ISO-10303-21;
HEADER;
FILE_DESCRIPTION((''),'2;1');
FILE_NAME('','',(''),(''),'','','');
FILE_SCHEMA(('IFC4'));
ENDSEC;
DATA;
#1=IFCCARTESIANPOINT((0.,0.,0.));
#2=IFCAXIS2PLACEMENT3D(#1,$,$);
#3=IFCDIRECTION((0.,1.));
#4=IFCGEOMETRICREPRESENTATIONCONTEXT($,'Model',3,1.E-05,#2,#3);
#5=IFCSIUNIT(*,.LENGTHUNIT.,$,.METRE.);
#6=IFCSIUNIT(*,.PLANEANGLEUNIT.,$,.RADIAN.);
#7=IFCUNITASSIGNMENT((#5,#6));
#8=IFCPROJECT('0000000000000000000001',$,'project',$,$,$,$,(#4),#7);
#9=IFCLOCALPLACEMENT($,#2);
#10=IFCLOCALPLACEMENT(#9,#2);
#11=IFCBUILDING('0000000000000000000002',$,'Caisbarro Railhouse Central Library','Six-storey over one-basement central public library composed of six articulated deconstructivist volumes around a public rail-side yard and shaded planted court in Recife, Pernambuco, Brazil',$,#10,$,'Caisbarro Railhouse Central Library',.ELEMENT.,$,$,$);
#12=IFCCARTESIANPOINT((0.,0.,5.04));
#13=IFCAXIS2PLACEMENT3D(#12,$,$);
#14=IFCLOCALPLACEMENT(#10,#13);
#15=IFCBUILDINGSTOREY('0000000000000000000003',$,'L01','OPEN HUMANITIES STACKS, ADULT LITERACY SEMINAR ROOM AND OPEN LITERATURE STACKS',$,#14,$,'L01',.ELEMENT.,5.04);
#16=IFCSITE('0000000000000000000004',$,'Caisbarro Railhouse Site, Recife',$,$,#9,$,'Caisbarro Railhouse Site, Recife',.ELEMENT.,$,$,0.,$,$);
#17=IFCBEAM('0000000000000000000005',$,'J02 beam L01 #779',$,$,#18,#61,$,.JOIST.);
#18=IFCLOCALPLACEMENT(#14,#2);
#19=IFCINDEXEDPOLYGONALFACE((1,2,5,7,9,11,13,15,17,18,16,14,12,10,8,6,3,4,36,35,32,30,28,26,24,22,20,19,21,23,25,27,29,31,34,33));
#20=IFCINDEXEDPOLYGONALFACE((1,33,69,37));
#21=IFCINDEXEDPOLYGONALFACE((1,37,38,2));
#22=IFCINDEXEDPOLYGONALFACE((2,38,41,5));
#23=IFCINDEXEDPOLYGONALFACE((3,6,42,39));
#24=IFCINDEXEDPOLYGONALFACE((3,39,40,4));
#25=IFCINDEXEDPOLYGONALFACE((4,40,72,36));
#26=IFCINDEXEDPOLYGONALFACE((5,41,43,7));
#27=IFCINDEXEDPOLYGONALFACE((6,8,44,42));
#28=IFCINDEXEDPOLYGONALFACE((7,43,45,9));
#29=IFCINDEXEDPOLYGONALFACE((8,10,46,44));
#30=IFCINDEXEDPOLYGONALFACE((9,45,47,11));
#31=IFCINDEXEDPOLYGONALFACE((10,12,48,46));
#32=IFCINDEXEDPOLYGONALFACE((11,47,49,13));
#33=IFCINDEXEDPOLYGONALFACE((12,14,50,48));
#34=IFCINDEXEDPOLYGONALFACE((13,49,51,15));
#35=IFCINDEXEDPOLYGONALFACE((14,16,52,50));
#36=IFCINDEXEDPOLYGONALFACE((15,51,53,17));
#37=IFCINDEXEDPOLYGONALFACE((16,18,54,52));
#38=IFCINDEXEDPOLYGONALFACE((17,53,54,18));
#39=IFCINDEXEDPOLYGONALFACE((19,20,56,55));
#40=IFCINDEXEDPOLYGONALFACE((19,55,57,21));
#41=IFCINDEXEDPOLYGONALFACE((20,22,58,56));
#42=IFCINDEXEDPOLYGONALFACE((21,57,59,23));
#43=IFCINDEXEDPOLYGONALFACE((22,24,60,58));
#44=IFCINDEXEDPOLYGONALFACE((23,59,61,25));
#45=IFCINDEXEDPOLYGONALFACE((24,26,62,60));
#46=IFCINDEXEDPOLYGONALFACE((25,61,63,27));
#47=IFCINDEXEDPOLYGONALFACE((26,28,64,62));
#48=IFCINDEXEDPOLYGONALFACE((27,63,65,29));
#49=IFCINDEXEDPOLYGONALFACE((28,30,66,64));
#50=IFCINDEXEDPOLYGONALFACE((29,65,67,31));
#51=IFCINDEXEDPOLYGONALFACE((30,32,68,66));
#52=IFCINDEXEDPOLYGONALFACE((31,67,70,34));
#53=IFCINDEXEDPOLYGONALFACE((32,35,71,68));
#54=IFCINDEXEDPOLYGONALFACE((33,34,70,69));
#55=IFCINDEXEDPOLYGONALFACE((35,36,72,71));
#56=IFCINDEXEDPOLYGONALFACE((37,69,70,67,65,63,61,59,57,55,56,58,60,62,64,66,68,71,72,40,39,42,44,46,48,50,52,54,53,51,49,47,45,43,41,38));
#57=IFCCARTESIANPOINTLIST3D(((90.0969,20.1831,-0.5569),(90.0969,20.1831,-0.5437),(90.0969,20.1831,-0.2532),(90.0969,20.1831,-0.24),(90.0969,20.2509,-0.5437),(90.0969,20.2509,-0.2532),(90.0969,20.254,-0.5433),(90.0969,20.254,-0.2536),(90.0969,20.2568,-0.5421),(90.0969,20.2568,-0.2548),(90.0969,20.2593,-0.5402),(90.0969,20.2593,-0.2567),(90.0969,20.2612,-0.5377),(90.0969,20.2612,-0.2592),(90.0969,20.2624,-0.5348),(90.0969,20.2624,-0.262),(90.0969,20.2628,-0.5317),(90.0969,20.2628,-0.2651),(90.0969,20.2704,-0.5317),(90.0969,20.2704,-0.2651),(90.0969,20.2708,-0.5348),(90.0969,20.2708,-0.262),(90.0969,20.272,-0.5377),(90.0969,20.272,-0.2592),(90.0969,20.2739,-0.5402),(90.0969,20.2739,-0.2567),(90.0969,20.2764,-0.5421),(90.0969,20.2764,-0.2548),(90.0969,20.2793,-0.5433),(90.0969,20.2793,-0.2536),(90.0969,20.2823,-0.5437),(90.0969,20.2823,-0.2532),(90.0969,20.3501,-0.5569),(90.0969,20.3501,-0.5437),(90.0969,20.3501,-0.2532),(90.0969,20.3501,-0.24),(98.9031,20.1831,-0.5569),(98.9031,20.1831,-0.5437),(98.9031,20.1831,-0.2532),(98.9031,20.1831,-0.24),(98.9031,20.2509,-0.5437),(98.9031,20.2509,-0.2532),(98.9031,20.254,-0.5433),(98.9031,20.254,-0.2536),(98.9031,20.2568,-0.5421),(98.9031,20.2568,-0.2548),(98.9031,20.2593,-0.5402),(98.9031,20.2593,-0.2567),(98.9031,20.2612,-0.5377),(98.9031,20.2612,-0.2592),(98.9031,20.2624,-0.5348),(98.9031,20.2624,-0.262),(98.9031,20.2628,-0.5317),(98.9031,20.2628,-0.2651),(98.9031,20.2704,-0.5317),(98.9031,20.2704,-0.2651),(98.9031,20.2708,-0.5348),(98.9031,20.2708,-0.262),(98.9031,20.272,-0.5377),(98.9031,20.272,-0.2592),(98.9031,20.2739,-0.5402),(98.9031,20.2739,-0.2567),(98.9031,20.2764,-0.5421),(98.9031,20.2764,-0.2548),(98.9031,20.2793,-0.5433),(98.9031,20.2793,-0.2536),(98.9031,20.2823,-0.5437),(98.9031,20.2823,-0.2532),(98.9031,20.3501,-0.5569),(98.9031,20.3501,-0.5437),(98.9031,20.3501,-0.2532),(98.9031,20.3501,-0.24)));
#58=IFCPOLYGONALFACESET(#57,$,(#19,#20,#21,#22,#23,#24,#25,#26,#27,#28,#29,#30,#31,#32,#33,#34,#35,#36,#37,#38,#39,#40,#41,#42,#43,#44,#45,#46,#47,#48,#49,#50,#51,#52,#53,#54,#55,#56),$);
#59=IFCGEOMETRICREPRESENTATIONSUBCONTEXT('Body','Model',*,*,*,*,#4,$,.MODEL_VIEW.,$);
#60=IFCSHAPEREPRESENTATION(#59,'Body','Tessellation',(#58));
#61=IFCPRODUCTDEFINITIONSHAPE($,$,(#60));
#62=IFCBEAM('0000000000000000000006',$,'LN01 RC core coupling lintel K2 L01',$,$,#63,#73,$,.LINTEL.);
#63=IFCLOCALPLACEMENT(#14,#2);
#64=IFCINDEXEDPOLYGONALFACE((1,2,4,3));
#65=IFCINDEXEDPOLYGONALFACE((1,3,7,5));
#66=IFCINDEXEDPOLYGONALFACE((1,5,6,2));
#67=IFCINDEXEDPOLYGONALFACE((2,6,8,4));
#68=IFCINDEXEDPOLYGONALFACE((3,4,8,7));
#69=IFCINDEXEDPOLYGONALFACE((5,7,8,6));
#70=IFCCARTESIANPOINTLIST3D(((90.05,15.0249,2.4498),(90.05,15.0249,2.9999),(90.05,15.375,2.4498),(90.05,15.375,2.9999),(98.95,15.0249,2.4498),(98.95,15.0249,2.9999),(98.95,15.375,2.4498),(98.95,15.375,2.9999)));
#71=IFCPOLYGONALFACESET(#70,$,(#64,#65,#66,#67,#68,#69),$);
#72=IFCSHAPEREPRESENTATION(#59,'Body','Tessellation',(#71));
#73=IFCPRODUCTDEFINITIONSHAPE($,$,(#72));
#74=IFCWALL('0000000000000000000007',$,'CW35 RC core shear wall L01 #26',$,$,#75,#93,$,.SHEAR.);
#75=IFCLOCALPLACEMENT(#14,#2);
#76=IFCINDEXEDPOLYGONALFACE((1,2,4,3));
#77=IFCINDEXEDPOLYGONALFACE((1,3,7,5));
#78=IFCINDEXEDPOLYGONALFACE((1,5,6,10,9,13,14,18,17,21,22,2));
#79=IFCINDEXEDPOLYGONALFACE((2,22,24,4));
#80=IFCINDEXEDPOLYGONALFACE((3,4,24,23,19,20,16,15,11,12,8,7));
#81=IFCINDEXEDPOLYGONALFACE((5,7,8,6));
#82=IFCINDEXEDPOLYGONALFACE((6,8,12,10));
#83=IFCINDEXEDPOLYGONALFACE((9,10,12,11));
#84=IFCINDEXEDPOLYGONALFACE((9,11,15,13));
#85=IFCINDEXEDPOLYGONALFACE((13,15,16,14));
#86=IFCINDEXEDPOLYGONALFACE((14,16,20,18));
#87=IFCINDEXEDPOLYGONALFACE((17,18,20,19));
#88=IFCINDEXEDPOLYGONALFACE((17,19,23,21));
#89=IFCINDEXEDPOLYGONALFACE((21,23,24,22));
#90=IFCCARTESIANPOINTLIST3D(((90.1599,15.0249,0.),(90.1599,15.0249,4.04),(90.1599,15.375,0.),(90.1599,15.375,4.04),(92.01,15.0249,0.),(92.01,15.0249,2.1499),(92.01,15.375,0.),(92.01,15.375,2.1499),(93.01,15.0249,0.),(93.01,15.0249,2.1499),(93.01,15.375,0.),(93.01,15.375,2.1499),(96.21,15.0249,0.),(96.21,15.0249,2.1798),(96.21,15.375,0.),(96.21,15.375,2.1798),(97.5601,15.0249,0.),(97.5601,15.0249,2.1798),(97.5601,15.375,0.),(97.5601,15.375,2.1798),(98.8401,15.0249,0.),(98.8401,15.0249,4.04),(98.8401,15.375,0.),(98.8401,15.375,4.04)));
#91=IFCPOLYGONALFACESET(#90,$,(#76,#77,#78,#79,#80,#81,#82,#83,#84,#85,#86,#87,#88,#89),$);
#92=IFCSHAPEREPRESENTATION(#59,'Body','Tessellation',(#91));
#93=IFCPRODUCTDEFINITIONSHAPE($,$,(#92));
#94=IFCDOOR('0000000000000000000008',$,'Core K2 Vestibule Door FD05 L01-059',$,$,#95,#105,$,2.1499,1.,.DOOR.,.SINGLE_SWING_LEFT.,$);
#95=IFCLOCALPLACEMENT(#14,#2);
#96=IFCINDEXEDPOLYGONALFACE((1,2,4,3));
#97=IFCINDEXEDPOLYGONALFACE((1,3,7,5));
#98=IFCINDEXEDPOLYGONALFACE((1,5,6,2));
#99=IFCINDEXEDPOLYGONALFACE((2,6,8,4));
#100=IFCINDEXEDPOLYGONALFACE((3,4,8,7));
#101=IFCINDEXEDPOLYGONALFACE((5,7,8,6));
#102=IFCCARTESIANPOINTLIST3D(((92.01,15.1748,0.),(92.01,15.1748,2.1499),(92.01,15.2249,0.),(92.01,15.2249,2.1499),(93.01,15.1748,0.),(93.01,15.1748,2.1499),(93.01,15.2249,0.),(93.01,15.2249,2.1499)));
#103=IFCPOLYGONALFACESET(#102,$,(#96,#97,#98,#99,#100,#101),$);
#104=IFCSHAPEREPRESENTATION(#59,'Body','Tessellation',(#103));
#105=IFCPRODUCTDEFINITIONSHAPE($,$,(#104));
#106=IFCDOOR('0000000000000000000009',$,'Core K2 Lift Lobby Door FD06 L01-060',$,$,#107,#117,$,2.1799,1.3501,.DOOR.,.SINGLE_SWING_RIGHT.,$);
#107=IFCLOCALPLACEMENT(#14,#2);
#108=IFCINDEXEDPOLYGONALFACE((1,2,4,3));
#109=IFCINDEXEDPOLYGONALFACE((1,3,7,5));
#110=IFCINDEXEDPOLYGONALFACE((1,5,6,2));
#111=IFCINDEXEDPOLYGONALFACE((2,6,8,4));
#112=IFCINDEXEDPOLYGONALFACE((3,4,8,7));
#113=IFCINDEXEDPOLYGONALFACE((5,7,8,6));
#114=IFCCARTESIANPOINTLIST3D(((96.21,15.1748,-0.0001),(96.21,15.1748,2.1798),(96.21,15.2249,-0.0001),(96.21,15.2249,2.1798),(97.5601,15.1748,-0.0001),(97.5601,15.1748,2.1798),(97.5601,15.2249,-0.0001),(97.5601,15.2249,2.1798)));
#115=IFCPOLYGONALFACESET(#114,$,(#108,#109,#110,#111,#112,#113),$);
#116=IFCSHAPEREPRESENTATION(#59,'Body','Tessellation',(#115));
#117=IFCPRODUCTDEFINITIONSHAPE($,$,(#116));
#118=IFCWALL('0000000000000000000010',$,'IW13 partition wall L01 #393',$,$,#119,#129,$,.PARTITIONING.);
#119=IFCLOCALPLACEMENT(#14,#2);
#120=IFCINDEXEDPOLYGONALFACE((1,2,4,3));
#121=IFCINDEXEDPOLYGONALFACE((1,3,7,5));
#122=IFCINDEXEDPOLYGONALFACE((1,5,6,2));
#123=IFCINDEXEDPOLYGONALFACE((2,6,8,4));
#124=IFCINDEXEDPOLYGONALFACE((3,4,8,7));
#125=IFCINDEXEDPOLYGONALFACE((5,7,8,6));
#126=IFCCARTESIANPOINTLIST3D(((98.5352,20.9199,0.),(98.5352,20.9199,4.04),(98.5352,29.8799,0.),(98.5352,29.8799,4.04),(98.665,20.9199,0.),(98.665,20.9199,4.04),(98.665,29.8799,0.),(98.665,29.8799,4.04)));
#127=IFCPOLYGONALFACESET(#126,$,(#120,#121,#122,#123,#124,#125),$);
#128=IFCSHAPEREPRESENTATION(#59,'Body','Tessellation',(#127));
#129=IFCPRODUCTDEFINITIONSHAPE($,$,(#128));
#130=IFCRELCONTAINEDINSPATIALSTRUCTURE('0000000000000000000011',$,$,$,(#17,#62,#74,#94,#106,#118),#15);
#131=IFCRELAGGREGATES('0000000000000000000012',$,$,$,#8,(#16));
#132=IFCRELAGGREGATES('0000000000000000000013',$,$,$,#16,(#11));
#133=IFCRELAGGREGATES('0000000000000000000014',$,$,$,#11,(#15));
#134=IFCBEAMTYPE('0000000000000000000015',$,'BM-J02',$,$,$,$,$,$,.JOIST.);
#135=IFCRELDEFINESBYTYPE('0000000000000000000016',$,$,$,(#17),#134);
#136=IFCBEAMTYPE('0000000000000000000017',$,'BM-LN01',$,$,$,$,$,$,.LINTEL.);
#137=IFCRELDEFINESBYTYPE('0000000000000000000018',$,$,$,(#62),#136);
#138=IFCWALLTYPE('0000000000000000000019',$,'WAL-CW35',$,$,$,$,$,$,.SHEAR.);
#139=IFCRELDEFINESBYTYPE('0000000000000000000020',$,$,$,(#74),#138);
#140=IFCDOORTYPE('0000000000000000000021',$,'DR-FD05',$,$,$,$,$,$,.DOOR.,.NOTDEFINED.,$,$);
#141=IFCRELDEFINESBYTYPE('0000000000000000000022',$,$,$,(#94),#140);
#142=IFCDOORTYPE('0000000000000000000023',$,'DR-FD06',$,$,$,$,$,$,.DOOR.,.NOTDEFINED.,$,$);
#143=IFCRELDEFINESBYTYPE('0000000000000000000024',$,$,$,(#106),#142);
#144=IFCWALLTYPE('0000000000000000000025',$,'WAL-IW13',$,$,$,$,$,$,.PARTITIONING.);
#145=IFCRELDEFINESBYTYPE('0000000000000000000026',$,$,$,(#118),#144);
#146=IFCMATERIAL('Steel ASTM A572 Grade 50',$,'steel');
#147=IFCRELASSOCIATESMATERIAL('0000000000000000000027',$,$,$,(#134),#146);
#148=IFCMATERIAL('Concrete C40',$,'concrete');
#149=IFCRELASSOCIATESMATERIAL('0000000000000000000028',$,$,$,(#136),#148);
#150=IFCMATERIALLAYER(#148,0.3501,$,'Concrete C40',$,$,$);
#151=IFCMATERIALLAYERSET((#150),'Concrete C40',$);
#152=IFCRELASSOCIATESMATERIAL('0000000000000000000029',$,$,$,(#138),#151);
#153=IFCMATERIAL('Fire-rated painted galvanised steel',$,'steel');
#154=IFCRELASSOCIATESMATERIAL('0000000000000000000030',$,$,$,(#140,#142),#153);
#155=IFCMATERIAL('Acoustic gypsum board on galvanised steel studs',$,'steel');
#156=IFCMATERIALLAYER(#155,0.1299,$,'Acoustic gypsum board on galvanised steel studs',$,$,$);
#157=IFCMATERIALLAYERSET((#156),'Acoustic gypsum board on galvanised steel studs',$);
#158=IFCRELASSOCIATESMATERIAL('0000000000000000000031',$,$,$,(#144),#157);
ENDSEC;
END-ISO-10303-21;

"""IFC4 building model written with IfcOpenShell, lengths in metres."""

from ifc_helpers import new_model, si_unit, direction, frame, frame_2d, origin, origin_2d, place, context, subcontext, project, spatial, rectangle, i_section, extrude, material, layer, layer_set, material_profile, profile_set, type_object, element, fill, save


model = new_model("IFC4")

# Units and contexts
model_context = context("Model", 3, precision=1e-05, world=origin(), true_north=direction((0.0, 1.0)))
body_context = subcontext(model_context, "Body", "Model", "MODEL_VIEW")
ifc_project = project(units=[si_unit("LENGTHUNIT", "METRE"), si_unit("PLANEANGLEUNIT", "RADIAN")], contexts=[model_context])

# Site, building, storey
site_placement = place(None, origin())
site = spatial("IfcSite", under=ifc_project, at=site_placement, Name="Caisbarro Railhouse Site, Recife", LongName="Caisbarro Railhouse Site, Recife", CompositionType="ELEMENT", RefElevation=0.0)
building_placement = place(site_placement, origin())
building = spatial("IfcBuilding", under=site, at=building_placement, Name="Caisbarro Railhouse Central Library", Description="Six-storey over one-basement central public library composed of six articulated deconstructivist volumes around a public rail-side yard and shaded planted court in Recife, Pernambuco, Brazil", LongName="Caisbarro Railhouse Central Library", CompositionType="ELEMENT")
storey_placement = place(building_placement, frame((0.0, 0.0, 5.04)))
storey = spatial("IfcBuildingStorey", under=building, at=storey_placement, Name="L01", Description="OPEN HUMANITIES STACKS, ADULT LITERACY SEMINAR ROOM AND OPEN LITERATURE STACKS", LongName="L01", CompositionType="ELEMENT", Elevation=5.04)

# Shared definitions
ifc_material_1 = material(Name="Steel ASTM A572 Grade 50", Category="steel")

# Beams
ifc_material_profile_1 = material_profile(ifc_material_1, i_section(OverallWidth=0.167, OverallDepth=0.3169, WebThickness=0.0076, FlangeThickness=0.0132, FilletRadius=0.012, at=origin_2d()), Name="W310X52.0")
ifc_profile_set_1 = profile_set([ifc_material_profile_1], Name="Steel ASTM A572 Grade 50")
beam_type_1 = type_object("IfcBeamType", Name="BM-J02", PredefinedType="JOIST", material=ifc_profile_set_1)
for number, where, z_axis, x_axis, name in (
    (1, (90.0969, 20.2666, -0.3984), (1.0, 0.0, 0.0), (0.0, 1.0, 0.0), "J02 beam L01 #779"),
):
    element("IfcBeam", number, at=place(storey_placement, frame(where, z_axis=z_axis, x_axis=x_axis)), inside=storey, type_object=beam_type_1, Name=name, PredefinedType="JOIST", context=body_context, shape_type="SweptSolid", body=[
        extrude(i_section(OverallWidth=0.167, OverallDepth=0.3169, WebThickness=0.0076, FlangeThickness=0.0132, FilletRadius=0.012, at=origin_2d()), origin(), (0.0, 0.0, 1.0), 8.8062),
    ])
ifc_material_2 = material(Name="Concrete C40", Category="concrete")
ifc_material_profile_2 = material_profile(ifc_material_2, rectangle(XDim=0.3501, YDim=0.55, at=origin_2d()), Name="RC-LIN-350X550")
ifc_profile_set_2 = profile_set([ifc_material_profile_2], Name="Concrete C40")
beam_type_2 = type_object("IfcBeamType", Name="BM-LN01", PredefinedType="LINTEL", material=ifc_profile_set_2)
beam_1_placement = place(storey_placement, frame((90.05, 15.2, 2.7249), z_axis=(1.0, 0.0, 0.0), x_axis=(0.0, 1.0, 0.0)))
element("IfcBeam", 2, at=beam_1_placement, inside=storey, type_object=beam_type_2, Name="LN01 RC core coupling lintel K2 L01", PredefinedType="LINTEL", context=body_context, shape_type="SweptSolid", body=[
    extrude(rectangle(XDim=0.3501, YDim=0.55, at=origin_2d()), origin(), (0.0, 0.0, 1.0), 8.8999),
])

# Wall, openings, doors
ifc_layer_1 = layer(ifc_material_2, 0.3501, Name="Concrete C40")
ifc_layer_set_1 = layer_set([ifc_layer_1], Name="Concrete C40")
wall_type_1 = type_object("IfcWallType", Name="WAL-CW35", PredefinedType="SHEAR", material=ifc_layer_set_1)
wall_1_placement = place(storey_placement, frame((90.1599, 15.2, 0.0), z_axis=(0.0, 0.0, 1.0), x_axis=(1.0, 0.0, 0.0)))
wall_1 = element("IfcWall", 3, at=wall_1_placement, inside=storey, type_object=wall_type_1, Name="CW35 RC core shear wall L01 #26", PredefinedType="SHEAR", context=body_context, shape_type="SweptSolid", body=[
    extrude(rectangle(XDim=8.6802, YDim=0.3501, at=frame_2d((4.3401, 0.0))), origin(), (0.0, 0.0, 1.0), 4.04),
])
opening_1_placement = place(wall_1_placement, frame((1.8501, 0.0, 0.0)))
opening_1 = element("IfcOpeningElement", 4, at=opening_1_placement, cuts=wall_1, PredefinedType="OPENING", context=body_context, shape_type="SweptSolid", body=[
    extrude(rectangle(XDim=1.0, YDim=2.1499, at=frame_2d((0.5, 1.075))), frame((0.0, 0.1851, 0.0), z_axis=(0.0, -1.0, 0.0), x_axis=(1.0, 0.0, 0.0)), (0.0, 0.0, 1.0), 0.3701),
])
opening_2_placement = place(wall_1_placement, frame((6.05, 0.0, 0.0)))
opening_2 = element("IfcOpeningElement", 5, at=opening_2_placement, cuts=wall_1, PredefinedType="OPENING", context=body_context, shape_type="SweptSolid", body=[
    extrude(rectangle(XDim=1.3501, YDim=2.1799, at=frame_2d((0.675, 1.0898))), frame((0.0, 0.1851, 0.0), z_axis=(0.0, -1.0, 0.0), x_axis=(1.0, 0.0, 0.0)), (0.0, 0.0, 1.0), 0.3701),
])
ifc_material_3 = material(Name="Fire-rated painted galvanised steel", Category="steel")
door_type_1 = type_object("IfcDoorType", Name="DR-FD05", OperationType="NOTDEFINED", PredefinedType="DOOR", material=ifc_material_3)
door_1_placement = place(opening_1_placement, origin())
door_1 = element("IfcDoor", 6, at=door_1_placement, inside=storey, type_object=door_type_1, Name="Core K2 Vestibule Door FD05 L01-059", OperationType="SINGLE_SWING_LEFT", OverallHeight=2.1499, OverallWidth=1.0, PredefinedType="DOOR", context=body_context, shape_type="SweptSolid", body=[
    extrude(rectangle(XDim=1.0, YDim=2.1499, at=frame_2d((0.5, 1.075))), frame((0.0, 0.0249, 0.0), z_axis=(0.0, -1.0, 0.0), x_axis=(1.0, 0.0, 0.0)), (0.0, 0.0, 1.0), 0.05),
])
fill(opening_1, door_1)
door_type_2 = type_object("IfcDoorType", Name="DR-FD06", OperationType="NOTDEFINED", PredefinedType="DOOR", material=ifc_material_3)
door_2_placement = place(opening_2_placement, origin())
door_2 = element("IfcDoor", 7, at=door_2_placement, inside=storey, type_object=door_type_2, Name="Core K2 Lift Lobby Door FD06 L01-060", OperationType="SINGLE_SWING_RIGHT", OverallHeight=2.1799, OverallWidth=1.3501, PredefinedType="DOOR", context=body_context, shape_type="SweptSolid", body=[
    extrude(rectangle(XDim=1.3501, YDim=2.1799, at=frame_2d((0.675, 1.0898))), frame((0.0, 0.0249, 0.0), z_axis=(0.0, -1.0, 0.0), x_axis=(1.0, 0.0, 0.0)), (0.0, 0.0, 1.0), 0.05),
])
fill(opening_2, door_2)

# Wall
ifc_material_4 = material(Name="Acoustic gypsum board on galvanised steel studs", Category="steel")
ifc_layer_2 = layer(ifc_material_4, 0.1299, Name="Acoustic gypsum board on galvanised steel studs")
ifc_layer_set_2 = layer_set([ifc_layer_2], Name="Acoustic gypsum board on galvanised steel studs")
wall_type_2 = type_object("IfcWallType", Name="WAL-IW13", PredefinedType="PARTITIONING", material=ifc_layer_set_2)
wall_2_placement = place(storey_placement, frame((98.6001, 20.9199, 0.0), z_axis=(0.0, 0.0, 1.0), x_axis=(0.0, 1.0, 0.0)))
element("IfcWall", 8, at=wall_2_placement, inside=storey, type_object=wall_type_2, Name="IW13 partition wall L01 #393", PredefinedType="PARTITIONING", context=body_context, shape_type="SweptSolid", body=[
    extrude(rectangle(XDim=8.96, YDim=0.1299, at=frame_2d((4.48, 0.0))), origin(), (0.0, 0.0, 1.0), 4.04),
])

save(model, "model.ifc")
